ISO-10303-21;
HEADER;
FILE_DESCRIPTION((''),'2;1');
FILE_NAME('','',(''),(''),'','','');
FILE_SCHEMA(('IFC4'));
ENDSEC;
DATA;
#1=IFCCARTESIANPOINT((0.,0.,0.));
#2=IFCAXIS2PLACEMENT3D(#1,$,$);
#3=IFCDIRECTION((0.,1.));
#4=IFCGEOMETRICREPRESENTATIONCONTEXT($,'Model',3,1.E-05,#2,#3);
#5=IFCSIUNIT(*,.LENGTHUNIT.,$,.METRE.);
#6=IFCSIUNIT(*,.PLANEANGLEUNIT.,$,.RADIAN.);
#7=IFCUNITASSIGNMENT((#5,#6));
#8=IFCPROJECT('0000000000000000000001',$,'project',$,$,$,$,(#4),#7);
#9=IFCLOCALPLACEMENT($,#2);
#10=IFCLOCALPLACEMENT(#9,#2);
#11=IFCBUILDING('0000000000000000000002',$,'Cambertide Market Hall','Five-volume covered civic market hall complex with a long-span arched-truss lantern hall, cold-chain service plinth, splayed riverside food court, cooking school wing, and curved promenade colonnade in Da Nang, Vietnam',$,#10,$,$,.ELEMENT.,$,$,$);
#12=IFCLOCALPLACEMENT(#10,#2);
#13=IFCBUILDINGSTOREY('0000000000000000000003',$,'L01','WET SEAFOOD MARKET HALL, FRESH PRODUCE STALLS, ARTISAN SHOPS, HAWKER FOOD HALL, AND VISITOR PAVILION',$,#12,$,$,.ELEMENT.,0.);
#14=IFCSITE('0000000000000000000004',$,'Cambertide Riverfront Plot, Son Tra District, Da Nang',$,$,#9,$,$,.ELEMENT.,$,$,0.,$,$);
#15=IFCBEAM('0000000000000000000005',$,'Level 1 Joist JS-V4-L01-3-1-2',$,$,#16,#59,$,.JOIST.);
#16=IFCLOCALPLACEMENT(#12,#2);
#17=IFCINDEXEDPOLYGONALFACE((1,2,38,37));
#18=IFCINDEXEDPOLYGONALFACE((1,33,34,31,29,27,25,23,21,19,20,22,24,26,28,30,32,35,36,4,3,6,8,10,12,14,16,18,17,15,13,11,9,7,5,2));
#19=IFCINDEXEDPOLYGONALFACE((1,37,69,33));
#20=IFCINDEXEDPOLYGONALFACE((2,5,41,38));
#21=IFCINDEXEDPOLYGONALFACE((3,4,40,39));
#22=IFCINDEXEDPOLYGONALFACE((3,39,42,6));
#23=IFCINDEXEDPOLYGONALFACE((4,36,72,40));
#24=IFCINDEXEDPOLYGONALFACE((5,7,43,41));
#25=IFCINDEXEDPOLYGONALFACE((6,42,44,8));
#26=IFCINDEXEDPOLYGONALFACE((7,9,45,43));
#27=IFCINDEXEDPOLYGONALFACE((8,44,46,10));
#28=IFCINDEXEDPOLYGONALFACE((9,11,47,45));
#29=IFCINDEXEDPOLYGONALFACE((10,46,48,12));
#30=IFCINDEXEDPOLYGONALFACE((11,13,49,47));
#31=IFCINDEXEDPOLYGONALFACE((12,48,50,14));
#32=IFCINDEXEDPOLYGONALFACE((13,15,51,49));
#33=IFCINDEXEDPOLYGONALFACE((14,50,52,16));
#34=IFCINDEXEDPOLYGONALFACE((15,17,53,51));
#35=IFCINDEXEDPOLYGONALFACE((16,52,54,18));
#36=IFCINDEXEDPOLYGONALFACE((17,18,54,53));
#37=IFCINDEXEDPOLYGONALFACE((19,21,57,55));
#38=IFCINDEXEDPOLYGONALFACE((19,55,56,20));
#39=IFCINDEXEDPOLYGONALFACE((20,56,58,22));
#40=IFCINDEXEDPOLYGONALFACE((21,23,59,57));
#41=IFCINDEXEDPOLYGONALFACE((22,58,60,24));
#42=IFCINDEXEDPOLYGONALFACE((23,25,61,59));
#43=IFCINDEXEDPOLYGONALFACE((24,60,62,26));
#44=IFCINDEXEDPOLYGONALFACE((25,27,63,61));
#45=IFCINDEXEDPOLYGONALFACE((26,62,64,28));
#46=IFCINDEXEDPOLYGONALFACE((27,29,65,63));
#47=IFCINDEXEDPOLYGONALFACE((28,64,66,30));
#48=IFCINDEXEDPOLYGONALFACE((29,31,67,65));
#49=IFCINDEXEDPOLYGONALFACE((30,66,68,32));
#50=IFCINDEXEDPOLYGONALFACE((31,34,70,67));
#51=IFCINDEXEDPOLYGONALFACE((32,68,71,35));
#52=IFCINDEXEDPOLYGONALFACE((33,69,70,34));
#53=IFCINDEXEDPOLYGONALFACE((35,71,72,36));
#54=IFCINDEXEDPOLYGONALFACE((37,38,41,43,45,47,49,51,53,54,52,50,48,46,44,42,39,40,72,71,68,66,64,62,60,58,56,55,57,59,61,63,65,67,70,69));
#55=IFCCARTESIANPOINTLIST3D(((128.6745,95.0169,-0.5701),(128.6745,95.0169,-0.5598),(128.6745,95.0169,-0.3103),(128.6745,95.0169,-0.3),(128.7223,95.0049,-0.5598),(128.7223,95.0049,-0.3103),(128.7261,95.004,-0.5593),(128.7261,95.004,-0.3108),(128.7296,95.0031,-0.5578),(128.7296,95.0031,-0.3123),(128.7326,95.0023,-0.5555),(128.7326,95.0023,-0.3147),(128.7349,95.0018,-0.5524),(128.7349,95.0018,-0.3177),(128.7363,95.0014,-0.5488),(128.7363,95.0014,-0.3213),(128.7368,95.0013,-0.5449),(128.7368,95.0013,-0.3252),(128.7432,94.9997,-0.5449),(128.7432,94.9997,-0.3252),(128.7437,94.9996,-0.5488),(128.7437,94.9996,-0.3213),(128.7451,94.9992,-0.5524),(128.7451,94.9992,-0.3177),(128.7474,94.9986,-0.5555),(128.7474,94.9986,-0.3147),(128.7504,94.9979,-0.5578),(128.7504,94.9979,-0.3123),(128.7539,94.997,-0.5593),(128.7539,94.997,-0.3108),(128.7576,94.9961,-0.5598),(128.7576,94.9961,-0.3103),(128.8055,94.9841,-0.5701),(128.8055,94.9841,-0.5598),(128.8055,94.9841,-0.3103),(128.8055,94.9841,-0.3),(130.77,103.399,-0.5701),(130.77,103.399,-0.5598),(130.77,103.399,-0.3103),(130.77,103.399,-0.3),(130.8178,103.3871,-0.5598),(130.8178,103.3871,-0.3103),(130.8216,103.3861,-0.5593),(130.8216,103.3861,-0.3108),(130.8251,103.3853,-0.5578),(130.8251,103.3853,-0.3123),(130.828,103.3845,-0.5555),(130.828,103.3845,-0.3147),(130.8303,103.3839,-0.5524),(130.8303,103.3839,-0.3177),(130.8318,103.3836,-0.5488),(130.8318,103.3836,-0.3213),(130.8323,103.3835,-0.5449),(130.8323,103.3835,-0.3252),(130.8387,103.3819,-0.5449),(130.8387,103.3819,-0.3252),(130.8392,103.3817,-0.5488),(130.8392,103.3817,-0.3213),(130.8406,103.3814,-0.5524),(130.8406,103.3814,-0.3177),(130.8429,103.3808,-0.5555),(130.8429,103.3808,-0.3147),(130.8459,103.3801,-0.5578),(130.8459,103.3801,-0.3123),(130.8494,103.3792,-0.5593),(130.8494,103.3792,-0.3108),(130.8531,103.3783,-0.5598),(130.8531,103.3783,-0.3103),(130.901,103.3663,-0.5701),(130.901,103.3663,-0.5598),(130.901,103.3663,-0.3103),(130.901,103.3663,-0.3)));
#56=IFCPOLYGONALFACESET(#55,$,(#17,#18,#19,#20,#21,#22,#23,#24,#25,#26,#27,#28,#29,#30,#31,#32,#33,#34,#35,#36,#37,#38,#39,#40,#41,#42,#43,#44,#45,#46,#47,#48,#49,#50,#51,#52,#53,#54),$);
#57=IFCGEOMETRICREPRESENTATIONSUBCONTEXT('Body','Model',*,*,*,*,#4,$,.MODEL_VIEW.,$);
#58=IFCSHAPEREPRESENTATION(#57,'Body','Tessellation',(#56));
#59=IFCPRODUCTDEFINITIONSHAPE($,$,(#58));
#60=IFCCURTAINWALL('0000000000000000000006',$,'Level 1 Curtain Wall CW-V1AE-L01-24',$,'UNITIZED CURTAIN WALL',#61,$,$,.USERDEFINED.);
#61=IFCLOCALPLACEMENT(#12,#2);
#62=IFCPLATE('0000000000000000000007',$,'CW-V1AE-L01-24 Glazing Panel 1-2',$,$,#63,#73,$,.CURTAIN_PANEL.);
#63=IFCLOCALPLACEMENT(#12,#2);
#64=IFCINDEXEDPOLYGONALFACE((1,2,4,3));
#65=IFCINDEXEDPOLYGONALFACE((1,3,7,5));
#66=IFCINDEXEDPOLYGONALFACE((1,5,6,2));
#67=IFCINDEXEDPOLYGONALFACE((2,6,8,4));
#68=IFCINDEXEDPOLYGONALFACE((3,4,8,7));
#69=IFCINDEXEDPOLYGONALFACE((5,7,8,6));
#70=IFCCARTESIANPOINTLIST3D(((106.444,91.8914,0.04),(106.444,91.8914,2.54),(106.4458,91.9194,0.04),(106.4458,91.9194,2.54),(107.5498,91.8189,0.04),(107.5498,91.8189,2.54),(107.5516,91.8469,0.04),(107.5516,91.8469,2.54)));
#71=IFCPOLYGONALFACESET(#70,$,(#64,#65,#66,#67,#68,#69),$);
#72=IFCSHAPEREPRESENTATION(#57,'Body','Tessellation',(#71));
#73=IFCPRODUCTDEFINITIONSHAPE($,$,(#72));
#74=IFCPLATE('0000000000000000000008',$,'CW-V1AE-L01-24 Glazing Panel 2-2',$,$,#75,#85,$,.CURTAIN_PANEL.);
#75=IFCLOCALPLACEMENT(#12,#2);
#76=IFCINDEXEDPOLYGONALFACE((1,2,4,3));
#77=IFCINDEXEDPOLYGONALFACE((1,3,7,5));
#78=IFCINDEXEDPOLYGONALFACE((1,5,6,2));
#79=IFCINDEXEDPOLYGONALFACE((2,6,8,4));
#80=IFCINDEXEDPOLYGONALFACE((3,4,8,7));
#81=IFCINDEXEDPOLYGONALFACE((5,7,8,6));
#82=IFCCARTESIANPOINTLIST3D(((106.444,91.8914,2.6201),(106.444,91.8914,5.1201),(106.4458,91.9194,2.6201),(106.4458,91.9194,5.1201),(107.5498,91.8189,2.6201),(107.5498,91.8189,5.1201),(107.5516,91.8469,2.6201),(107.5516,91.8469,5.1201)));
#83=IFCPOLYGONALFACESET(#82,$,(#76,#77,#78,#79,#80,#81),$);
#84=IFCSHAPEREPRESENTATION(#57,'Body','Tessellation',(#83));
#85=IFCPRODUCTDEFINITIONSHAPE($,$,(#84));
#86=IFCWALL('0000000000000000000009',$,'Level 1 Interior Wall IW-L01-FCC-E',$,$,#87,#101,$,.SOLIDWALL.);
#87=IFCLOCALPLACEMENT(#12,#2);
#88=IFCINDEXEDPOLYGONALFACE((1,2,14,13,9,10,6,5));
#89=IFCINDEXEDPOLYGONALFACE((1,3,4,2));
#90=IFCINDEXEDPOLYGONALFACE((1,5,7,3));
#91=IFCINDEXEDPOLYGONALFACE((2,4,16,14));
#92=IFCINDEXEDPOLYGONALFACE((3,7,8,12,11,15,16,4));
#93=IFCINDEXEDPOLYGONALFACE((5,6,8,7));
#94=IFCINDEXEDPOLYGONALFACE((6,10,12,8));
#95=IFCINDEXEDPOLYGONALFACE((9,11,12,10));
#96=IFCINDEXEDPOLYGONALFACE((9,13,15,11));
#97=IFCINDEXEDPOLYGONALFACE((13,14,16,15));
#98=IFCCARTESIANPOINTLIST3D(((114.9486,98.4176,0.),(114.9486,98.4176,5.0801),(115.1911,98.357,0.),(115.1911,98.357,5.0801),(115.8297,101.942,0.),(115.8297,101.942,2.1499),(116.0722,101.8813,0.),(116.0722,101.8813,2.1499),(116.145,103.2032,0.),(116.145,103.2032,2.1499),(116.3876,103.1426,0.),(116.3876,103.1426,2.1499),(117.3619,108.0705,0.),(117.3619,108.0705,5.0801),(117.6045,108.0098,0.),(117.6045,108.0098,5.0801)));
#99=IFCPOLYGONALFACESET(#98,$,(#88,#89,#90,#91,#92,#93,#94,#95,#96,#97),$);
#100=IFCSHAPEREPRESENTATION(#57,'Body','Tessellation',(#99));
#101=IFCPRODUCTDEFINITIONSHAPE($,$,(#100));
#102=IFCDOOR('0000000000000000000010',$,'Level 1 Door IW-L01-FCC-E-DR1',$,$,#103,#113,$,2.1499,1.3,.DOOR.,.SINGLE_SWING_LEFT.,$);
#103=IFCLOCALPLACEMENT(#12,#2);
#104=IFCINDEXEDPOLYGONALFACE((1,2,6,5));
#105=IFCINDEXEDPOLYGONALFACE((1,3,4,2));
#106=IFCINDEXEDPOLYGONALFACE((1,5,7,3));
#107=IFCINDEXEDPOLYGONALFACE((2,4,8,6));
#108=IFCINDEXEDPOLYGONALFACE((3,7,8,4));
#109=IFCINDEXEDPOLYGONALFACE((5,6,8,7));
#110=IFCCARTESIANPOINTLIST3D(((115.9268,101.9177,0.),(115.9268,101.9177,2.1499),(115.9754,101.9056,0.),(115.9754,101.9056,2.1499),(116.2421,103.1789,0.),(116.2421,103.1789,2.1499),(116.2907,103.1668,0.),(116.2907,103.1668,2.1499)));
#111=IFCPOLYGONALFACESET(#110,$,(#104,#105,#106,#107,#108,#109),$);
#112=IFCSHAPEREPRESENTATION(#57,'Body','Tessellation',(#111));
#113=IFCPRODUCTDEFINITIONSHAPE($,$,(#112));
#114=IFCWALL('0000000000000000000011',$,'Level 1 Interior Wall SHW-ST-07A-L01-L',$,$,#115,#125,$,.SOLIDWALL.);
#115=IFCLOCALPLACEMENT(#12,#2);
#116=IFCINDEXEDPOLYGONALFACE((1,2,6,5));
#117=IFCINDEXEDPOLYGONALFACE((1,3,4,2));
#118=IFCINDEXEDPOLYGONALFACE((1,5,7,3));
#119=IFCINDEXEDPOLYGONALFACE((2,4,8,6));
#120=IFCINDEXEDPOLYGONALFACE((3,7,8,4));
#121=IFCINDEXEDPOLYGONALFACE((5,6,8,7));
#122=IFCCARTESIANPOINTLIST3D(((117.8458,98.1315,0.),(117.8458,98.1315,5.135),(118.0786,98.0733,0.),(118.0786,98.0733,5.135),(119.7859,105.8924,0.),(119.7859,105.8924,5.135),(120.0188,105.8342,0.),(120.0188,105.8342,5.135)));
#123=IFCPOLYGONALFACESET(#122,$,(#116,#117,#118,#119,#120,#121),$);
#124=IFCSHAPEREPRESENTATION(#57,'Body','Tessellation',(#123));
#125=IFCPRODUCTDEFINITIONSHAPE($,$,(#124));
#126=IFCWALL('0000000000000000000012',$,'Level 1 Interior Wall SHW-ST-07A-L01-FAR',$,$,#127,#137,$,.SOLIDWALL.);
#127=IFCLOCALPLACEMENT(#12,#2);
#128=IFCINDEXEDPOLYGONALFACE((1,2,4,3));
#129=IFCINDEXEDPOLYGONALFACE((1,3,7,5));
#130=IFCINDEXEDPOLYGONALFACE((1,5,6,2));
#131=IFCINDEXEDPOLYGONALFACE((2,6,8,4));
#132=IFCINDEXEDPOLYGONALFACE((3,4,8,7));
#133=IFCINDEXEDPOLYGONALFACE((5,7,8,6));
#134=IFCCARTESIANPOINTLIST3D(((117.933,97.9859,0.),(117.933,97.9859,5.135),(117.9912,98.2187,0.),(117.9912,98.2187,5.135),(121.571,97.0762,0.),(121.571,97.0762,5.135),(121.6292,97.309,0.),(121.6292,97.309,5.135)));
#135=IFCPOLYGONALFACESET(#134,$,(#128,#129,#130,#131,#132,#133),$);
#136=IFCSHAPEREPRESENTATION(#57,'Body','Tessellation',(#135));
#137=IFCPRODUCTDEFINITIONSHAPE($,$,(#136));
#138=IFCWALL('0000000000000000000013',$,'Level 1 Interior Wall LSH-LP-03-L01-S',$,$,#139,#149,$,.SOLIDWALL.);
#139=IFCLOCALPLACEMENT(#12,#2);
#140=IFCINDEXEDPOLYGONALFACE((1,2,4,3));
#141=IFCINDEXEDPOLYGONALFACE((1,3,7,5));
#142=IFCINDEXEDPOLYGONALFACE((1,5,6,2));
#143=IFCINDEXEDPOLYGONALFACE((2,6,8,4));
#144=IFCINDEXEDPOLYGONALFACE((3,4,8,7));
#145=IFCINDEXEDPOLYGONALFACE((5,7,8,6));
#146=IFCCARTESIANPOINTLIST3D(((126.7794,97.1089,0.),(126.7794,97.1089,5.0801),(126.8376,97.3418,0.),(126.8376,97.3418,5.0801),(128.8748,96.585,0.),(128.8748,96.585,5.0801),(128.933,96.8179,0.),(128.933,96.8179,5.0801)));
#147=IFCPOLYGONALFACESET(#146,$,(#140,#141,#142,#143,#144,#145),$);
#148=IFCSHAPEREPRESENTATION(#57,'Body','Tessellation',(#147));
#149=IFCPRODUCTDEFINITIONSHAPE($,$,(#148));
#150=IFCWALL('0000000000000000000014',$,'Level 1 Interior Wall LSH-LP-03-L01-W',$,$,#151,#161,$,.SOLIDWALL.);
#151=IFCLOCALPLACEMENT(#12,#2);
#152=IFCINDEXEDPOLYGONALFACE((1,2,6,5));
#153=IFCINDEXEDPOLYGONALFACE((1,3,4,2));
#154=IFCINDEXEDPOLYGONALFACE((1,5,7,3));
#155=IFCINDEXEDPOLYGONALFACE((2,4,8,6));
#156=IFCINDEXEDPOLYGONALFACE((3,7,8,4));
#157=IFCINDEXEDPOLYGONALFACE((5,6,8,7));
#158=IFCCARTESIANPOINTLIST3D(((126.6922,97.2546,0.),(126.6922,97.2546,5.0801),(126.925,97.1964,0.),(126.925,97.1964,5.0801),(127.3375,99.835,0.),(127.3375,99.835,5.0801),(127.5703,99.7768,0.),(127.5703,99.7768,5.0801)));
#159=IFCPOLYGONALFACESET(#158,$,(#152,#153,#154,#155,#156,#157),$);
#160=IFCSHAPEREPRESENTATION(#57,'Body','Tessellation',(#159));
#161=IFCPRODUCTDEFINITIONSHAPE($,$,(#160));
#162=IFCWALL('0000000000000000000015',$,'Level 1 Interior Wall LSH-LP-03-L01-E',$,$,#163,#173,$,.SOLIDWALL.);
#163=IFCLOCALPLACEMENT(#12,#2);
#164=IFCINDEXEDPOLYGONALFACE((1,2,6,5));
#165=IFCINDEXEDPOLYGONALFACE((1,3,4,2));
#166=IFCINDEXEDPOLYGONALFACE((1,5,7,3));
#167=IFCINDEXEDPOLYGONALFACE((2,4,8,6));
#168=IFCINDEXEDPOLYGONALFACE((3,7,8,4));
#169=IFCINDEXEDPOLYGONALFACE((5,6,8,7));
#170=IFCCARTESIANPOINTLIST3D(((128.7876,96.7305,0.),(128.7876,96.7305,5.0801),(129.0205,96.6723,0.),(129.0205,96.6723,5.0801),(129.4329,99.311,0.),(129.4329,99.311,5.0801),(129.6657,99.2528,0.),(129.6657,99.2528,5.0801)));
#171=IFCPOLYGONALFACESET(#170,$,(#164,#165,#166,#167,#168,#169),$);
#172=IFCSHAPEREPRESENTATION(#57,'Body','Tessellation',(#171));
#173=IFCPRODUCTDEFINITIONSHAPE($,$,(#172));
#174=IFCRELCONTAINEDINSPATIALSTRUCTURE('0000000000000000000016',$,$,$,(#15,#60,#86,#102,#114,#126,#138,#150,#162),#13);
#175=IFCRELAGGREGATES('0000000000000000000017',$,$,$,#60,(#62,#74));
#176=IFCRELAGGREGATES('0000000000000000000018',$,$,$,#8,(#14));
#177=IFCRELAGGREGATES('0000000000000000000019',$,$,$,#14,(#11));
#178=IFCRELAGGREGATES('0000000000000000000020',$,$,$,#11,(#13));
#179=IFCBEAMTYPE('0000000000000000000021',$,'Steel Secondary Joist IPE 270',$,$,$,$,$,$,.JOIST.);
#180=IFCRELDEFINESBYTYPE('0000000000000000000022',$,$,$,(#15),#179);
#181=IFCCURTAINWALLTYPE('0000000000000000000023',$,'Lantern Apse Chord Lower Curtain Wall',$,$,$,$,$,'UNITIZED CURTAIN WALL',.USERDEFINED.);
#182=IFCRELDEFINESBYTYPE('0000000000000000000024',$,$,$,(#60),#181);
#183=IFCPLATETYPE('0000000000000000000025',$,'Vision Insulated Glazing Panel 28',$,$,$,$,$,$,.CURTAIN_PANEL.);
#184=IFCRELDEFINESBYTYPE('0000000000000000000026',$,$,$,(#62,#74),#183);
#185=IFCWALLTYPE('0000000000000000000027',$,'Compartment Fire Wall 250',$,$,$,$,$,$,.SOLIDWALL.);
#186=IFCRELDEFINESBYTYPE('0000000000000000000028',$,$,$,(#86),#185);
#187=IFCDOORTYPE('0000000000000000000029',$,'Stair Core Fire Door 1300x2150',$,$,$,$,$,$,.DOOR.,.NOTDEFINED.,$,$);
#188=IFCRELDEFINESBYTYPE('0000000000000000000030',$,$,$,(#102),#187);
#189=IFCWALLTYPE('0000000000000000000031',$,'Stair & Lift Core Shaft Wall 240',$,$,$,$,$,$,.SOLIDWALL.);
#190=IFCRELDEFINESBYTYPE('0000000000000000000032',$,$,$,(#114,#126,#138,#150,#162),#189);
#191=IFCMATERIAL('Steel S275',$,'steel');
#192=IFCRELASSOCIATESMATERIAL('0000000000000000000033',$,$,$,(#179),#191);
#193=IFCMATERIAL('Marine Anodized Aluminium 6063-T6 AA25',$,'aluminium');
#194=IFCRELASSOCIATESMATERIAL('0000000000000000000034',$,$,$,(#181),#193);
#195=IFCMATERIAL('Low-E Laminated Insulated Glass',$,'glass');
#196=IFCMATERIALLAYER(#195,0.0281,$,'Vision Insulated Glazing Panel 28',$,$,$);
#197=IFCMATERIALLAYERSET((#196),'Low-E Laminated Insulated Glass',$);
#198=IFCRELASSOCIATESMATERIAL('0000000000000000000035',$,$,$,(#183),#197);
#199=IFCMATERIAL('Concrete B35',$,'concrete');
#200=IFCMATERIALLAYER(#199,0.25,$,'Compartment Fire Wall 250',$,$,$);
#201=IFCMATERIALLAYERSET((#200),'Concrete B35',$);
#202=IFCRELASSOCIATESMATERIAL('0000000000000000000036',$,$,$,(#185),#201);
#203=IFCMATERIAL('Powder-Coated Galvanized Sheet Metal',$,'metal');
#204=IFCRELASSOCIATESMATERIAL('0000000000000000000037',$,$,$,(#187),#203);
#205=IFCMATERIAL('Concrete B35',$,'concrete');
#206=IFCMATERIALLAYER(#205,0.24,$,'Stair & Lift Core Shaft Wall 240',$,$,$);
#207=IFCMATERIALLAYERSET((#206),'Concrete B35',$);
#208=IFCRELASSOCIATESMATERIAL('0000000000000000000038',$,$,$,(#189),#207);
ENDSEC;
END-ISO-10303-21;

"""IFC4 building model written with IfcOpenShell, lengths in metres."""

from ifc_helpers import new_model, si_unit, direction, frame, frame_2d, origin, origin_2d, place, context, subcontext, project, spatial, rectangle, i_section, extrude, material, layer, layer_set, material_profile, profile_set, type_object, element, fill, aggregate, save


model = new_model("IFC4")

# Units and contexts
model_context = context("Model", 3, precision=1e-05, world=origin(), true_north=direction((0.0, 1.0)))
body_context = subcontext(model_context, "Body", "Model", "MODEL_VIEW")
ifc_project = project(units=[si_unit("LENGTHUNIT", "METRE"), si_unit("PLANEANGLEUNIT", "RADIAN")], contexts=[model_context])

# Site, building, storey
site_placement = place(None, origin())
site = spatial("IfcSite", under=ifc_project, at=site_placement, Name="Cambertide Riverfront Plot, Son Tra District, Da Nang", CompositionType="ELEMENT", RefElevation=0.0)
building_placement = place(site_placement, origin())
building = spatial("IfcBuilding", under=site, at=building_placement, Name="Cambertide Market Hall", Description="Five-volume covered civic market hall complex with a long-span arched-truss lantern hall, cold-chain service plinth, splayed riverside food court, cooking school wing, and curved promenade colonnade in Da Nang, Vietnam", CompositionType="ELEMENT")
storey_placement = place(building_placement, origin())
storey = spatial("IfcBuildingStorey", under=building, at=storey_placement, Name="L01", Description="WET SEAFOOD MARKET HALL, FRESH PRODUCE STALLS, ARTISAN SHOPS, HAWKER FOOD HALL, AND VISITOR PAVILION", CompositionType="ELEMENT", Elevation=0.0)

# Beam
ifc_material_1 = material(Name="Steel S275", Category="steel")
ifc_material_profile_1 = material_profile(ifc_material_1, i_section(OverallWidth=0.135, OverallDepth=0.27, WebThickness=0.0066, FlangeThickness=0.0103, FilletRadius=0.0149, at=origin_2d()), Name="IPE 270")
ifc_profile_set_1 = profile_set([ifc_material_profile_1], Name="Steel S275")
beam_type_1 = type_object("IfcBeamType", Name="Steel Secondary Joist IPE 270", PredefinedType="JOIST", material=ifc_profile_set_1)
for number, where, z_axis, x_axis, name in (
    (1, (128.74, 95.0005, -0.4351), (0.242529, 0.970144, 0.0), (-0.970144, 0.242529, 0.0), "Level 1 Joist JS-V4-L01-3-1-2"),
):
    element("IfcBeam", number, at=place(storey_placement, frame(where, z_axis=z_axis, x_axis=x_axis)), inside=storey, type_object=beam_type_1, Name=name, PredefinedType="JOIST", context=body_context, shape_type="SweptSolid", body=[
        extrude(i_section(OverallWidth=0.135, OverallDepth=0.27, WebThickness=0.0066, FlangeThickness=0.0103, FilletRadius=0.0149, at=origin_2d()), origin(), (0.0, 0.0, 1.0), 8.6401),
    ])

# Curtain wall, plates
ifc_material_2 = material(Name="Marine Anodized Aluminium 6063-T6 AA25", Category="aluminium")
curtain_wall_type = type_object("IfcCurtainWallType", Name="Lantern Apse Chord Lower Curtain Wall", ElementType="UNITIZED CURTAIN WALL", PredefinedType="USERDEFINED", material=ifc_material_2)
curtain_wall_placement = place(storey_placement, origin())
curtain_wall = element("IfcCurtainWall", 2, at=curtain_wall_placement, inside=storey, type_object=curtain_wall_type, Name="Level 1 Curtain Wall CW-V1AE-L01-24", ObjectType="UNITIZED CURTAIN WALL", PredefinedType="USERDEFINED")
ifc_material_3 = material(Name="Low-E Laminated Insulated Glass", Category="glass")
ifc_layer_1 = layer(ifc_material_3, 0.0281, Name="Vision Insulated Glazing Panel 28")
ifc_layer_set_1 = layer_set([ifc_layer_1], Name="Low-E Laminated Insulated Glass")
plate_type = type_object("IfcPlateType", Name="Vision Insulated Glazing Panel 28", PredefinedType="CURTAIN_PANEL", material=ifc_layer_set_1)
plate_1_placement = place(storey_placement, frame((106.9978, 91.8691, 0.04), z_axis=(0.0, 0.0, 1.0), x_axis=(0.997859, -0.065403, 0.0)))
plate_1 = element("IfcPlate", 3, at=plate_1_placement, type_object=plate_type, Name="CW-V1AE-L01-24 Glazing Panel 1-2", PredefinedType="CURTAIN_PANEL", context=body_context, shape_type="SweptSolid", body=[
    extrude(rectangle(XDim=1.1082, YDim=0.0281, at=origin_2d()), origin(), (0.0, 0.0, 1.0), 2.5),
])
plate_2_placement = place(storey_placement, frame((106.9978, 91.8691, 2.6201), z_axis=(0.0, 0.0, 1.0), x_axis=(0.997859, -0.065403, 0.0)))
plate_2 = element("IfcPlate", 4, at=plate_2_placement, type_object=plate_type, Name="CW-V1AE-L01-24 Glazing Panel 2-2", PredefinedType="CURTAIN_PANEL", context=body_context, shape_type="SweptSolid", body=[
    extrude(rectangle(XDim=1.1082, YDim=0.0281, at=origin_2d()), origin(), (0.0, 0.0, 1.0), 2.5),
])
aggregate(curtain_wall, [plate_1, plate_2])

# Wall, opening, door
ifc_material_4 = material(Name="Concrete B35", Category="concrete")
ifc_layer_2 = layer(ifc_material_4, 0.25, Name="Compartment Fire Wall 250")
ifc_layer_set_2 = layer_set([ifc_layer_2], Name="Concrete B35")
wall_type_1 = type_object("IfcWallType", Name="Compartment Fire Wall 250", PredefinedType="SOLIDWALL", material=ifc_layer_set_2)
wall_1_placement = place(storey_placement, frame((115.0698, 98.3872, 0.0), z_axis=(0.0, 0.0, 1.0), x_axis=(0.242547, 0.97014, 0.0)))
wall_1 = element("IfcWall", 5, at=wall_1_placement, inside=storey, type_object=wall_type_1, Name="Level 1 Interior Wall IW-L01-FCC-E", PredefinedType="SOLIDWALL", context=body_context, shape_type="SweptSolid", body=[
    extrude(rectangle(XDim=9.95, YDim=0.25, at=frame_2d((4.9751, 0.0))), origin(), (0.0, 0.0, 1.0), 5.0801),
])
opening_1_placement = place(wall_1_placement, frame((3.6331, 0.0, 0.0)))
opening_1 = element("IfcOpeningElement", 6, at=opening_1_placement, cuts=wall_1, PredefinedType="OPENING", context=body_context, shape_type="SweptSolid", body=[
    extrude(rectangle(XDim=1.3, YDim=2.1499, at=frame_2d((0.6499, 1.075))), frame((0.0, 0.135, 0.0), z_axis=(0.0, -1.0, 0.0), x_axis=(1.0, 0.0, 0.0)), (0.0, 0.0, 1.0), 0.27),
])
ifc_material_5 = material(Name="Powder-Coated Galvanized Sheet Metal", Category="metal")
door_type_1 = type_object("IfcDoorType", Name="Stair Core Fire Door 1300x2150", OperationType="NOTDEFINED", PredefinedType="DOOR", material=ifc_material_5)
door_1_placement = place(opening_1_placement, origin())
door_1 = element("IfcDoor", 7, at=door_1_placement, inside=storey, type_object=door_type_1, Name="Level 1 Door IW-L01-FCC-E-DR1", OperationType="SINGLE_SWING_LEFT", OverallHeight=2.1499, OverallWidth=1.3, PredefinedType="DOOR", context=body_context, shape_type="SweptSolid", body=[
    extrude(rectangle(XDim=1.3, YDim=2.1499, at=frame_2d((0.6499, 1.075))), frame((0.0, 0.0249, 0.0), z_axis=(0.0, -1.0, 0.0), x_axis=(1.0, 0.0, 0.0)), (0.0, 0.0, 1.0), 0.05),
])
fill(opening_1, door_1)

# Walls
ifc_material_6 = material(Name="Concrete B35", Category="concrete")
ifc_layer_3 = layer(ifc_material_6, 0.24, Name="Stair & Lift Core Shaft Wall 240")
ifc_layer_set_3 = layer_set([ifc_layer_3], Name="Concrete B35")
wall_type_2 = type_object("IfcWallType", Name="Stair & Lift Core Shaft Wall 240", PredefinedType="SOLIDWALL", material=ifc_layer_set_3)
wall_2_placement = place(storey_placement, frame((117.9622, 98.1023, 0.0), z_axis=(0.0, 0.0, 1.0), x_axis=(0.242528, 0.970144, 0.0)))
element("IfcWall", 8, at=wall_2_placement, inside=storey, type_object=wall_type_2, Name="Level 1 Interior Wall SHW-ST-07A-L01-L", PredefinedType="SOLIDWALL", context=body_context, shape_type="SweptSolid", body=[
    extrude(rectangle(XDim=7.9998, YDim=0.24, at=frame_2d((4.0, 0.0))), origin(), (0.0, 0.0, 1.0), 5.135),
])
wall_3_placement = place(storey_placement, frame((121.6001, 97.1926, 0.0), z_axis=(0.0, 0.0, 1.0), x_axis=(-0.970131, 0.242582, 0.0)))
element("IfcWall", 9, at=wall_3_placement, inside=storey, type_object=wall_type_2, Name="Level 1 Interior Wall SHW-ST-07A-L01-FAR", PredefinedType="SOLIDWALL", context=body_context, shape_type="SweptSolid", body=[
    extrude(rectangle(XDim=3.75, YDim=0.24, at=frame_2d((1.875, 0.0))), origin(), (0.0, 0.0, 1.0), 5.135),
])
wall_4_placement = place(storey_placement, frame((128.9041, 96.7014, 0.0), z_axis=(0.0, 0.0, 1.0), x_axis=(-0.970136, 0.242562, 0.0)))
element("IfcWall", 10, at=wall_4_placement, inside=storey, type_object=wall_type_2, Name="Level 1 Interior Wall LSH-LP-03-L01-S", PredefinedType="SOLIDWALL", context=body_context, shape_type="SweptSolid", body=[
    extrude(rectangle(XDim=2.1599, YDim=0.24, at=frame_2d((1.0801, 0.0))), origin(), (0.0, 0.0, 1.0), 5.0801),
])
for number, where, z_axis, x_axis, name in (
    (11, (126.8086, 97.2253, 0.0), (0.0, 0.0, 1.0), (0.242579, 0.970132, 0.0), "Level 1 Interior Wall LSH-LP-03-L01-W"),
    (12, (129.5493, 99.282, 0.0), (0.0, 0.0, 1.0), (-0.242579, -0.970132, 0.0), "Level 1 Interior Wall LSH-LP-03-L01-E"),
):
    element("IfcWall", number, at=place(storey_placement, frame(where, z_axis=z_axis, x_axis=x_axis)), inside=storey, type_object=wall_type_2, Name=name, PredefinedType="SOLIDWALL", context=body_context, shape_type="SweptSolid", body=[
        extrude(rectangle(XDim=2.6599, YDim=0.24, at=frame_2d((1.3301, 0.0))), origin(), (0.0, 0.0, 1.0), 5.0801),
    ])

save(model, "model.ifc")
